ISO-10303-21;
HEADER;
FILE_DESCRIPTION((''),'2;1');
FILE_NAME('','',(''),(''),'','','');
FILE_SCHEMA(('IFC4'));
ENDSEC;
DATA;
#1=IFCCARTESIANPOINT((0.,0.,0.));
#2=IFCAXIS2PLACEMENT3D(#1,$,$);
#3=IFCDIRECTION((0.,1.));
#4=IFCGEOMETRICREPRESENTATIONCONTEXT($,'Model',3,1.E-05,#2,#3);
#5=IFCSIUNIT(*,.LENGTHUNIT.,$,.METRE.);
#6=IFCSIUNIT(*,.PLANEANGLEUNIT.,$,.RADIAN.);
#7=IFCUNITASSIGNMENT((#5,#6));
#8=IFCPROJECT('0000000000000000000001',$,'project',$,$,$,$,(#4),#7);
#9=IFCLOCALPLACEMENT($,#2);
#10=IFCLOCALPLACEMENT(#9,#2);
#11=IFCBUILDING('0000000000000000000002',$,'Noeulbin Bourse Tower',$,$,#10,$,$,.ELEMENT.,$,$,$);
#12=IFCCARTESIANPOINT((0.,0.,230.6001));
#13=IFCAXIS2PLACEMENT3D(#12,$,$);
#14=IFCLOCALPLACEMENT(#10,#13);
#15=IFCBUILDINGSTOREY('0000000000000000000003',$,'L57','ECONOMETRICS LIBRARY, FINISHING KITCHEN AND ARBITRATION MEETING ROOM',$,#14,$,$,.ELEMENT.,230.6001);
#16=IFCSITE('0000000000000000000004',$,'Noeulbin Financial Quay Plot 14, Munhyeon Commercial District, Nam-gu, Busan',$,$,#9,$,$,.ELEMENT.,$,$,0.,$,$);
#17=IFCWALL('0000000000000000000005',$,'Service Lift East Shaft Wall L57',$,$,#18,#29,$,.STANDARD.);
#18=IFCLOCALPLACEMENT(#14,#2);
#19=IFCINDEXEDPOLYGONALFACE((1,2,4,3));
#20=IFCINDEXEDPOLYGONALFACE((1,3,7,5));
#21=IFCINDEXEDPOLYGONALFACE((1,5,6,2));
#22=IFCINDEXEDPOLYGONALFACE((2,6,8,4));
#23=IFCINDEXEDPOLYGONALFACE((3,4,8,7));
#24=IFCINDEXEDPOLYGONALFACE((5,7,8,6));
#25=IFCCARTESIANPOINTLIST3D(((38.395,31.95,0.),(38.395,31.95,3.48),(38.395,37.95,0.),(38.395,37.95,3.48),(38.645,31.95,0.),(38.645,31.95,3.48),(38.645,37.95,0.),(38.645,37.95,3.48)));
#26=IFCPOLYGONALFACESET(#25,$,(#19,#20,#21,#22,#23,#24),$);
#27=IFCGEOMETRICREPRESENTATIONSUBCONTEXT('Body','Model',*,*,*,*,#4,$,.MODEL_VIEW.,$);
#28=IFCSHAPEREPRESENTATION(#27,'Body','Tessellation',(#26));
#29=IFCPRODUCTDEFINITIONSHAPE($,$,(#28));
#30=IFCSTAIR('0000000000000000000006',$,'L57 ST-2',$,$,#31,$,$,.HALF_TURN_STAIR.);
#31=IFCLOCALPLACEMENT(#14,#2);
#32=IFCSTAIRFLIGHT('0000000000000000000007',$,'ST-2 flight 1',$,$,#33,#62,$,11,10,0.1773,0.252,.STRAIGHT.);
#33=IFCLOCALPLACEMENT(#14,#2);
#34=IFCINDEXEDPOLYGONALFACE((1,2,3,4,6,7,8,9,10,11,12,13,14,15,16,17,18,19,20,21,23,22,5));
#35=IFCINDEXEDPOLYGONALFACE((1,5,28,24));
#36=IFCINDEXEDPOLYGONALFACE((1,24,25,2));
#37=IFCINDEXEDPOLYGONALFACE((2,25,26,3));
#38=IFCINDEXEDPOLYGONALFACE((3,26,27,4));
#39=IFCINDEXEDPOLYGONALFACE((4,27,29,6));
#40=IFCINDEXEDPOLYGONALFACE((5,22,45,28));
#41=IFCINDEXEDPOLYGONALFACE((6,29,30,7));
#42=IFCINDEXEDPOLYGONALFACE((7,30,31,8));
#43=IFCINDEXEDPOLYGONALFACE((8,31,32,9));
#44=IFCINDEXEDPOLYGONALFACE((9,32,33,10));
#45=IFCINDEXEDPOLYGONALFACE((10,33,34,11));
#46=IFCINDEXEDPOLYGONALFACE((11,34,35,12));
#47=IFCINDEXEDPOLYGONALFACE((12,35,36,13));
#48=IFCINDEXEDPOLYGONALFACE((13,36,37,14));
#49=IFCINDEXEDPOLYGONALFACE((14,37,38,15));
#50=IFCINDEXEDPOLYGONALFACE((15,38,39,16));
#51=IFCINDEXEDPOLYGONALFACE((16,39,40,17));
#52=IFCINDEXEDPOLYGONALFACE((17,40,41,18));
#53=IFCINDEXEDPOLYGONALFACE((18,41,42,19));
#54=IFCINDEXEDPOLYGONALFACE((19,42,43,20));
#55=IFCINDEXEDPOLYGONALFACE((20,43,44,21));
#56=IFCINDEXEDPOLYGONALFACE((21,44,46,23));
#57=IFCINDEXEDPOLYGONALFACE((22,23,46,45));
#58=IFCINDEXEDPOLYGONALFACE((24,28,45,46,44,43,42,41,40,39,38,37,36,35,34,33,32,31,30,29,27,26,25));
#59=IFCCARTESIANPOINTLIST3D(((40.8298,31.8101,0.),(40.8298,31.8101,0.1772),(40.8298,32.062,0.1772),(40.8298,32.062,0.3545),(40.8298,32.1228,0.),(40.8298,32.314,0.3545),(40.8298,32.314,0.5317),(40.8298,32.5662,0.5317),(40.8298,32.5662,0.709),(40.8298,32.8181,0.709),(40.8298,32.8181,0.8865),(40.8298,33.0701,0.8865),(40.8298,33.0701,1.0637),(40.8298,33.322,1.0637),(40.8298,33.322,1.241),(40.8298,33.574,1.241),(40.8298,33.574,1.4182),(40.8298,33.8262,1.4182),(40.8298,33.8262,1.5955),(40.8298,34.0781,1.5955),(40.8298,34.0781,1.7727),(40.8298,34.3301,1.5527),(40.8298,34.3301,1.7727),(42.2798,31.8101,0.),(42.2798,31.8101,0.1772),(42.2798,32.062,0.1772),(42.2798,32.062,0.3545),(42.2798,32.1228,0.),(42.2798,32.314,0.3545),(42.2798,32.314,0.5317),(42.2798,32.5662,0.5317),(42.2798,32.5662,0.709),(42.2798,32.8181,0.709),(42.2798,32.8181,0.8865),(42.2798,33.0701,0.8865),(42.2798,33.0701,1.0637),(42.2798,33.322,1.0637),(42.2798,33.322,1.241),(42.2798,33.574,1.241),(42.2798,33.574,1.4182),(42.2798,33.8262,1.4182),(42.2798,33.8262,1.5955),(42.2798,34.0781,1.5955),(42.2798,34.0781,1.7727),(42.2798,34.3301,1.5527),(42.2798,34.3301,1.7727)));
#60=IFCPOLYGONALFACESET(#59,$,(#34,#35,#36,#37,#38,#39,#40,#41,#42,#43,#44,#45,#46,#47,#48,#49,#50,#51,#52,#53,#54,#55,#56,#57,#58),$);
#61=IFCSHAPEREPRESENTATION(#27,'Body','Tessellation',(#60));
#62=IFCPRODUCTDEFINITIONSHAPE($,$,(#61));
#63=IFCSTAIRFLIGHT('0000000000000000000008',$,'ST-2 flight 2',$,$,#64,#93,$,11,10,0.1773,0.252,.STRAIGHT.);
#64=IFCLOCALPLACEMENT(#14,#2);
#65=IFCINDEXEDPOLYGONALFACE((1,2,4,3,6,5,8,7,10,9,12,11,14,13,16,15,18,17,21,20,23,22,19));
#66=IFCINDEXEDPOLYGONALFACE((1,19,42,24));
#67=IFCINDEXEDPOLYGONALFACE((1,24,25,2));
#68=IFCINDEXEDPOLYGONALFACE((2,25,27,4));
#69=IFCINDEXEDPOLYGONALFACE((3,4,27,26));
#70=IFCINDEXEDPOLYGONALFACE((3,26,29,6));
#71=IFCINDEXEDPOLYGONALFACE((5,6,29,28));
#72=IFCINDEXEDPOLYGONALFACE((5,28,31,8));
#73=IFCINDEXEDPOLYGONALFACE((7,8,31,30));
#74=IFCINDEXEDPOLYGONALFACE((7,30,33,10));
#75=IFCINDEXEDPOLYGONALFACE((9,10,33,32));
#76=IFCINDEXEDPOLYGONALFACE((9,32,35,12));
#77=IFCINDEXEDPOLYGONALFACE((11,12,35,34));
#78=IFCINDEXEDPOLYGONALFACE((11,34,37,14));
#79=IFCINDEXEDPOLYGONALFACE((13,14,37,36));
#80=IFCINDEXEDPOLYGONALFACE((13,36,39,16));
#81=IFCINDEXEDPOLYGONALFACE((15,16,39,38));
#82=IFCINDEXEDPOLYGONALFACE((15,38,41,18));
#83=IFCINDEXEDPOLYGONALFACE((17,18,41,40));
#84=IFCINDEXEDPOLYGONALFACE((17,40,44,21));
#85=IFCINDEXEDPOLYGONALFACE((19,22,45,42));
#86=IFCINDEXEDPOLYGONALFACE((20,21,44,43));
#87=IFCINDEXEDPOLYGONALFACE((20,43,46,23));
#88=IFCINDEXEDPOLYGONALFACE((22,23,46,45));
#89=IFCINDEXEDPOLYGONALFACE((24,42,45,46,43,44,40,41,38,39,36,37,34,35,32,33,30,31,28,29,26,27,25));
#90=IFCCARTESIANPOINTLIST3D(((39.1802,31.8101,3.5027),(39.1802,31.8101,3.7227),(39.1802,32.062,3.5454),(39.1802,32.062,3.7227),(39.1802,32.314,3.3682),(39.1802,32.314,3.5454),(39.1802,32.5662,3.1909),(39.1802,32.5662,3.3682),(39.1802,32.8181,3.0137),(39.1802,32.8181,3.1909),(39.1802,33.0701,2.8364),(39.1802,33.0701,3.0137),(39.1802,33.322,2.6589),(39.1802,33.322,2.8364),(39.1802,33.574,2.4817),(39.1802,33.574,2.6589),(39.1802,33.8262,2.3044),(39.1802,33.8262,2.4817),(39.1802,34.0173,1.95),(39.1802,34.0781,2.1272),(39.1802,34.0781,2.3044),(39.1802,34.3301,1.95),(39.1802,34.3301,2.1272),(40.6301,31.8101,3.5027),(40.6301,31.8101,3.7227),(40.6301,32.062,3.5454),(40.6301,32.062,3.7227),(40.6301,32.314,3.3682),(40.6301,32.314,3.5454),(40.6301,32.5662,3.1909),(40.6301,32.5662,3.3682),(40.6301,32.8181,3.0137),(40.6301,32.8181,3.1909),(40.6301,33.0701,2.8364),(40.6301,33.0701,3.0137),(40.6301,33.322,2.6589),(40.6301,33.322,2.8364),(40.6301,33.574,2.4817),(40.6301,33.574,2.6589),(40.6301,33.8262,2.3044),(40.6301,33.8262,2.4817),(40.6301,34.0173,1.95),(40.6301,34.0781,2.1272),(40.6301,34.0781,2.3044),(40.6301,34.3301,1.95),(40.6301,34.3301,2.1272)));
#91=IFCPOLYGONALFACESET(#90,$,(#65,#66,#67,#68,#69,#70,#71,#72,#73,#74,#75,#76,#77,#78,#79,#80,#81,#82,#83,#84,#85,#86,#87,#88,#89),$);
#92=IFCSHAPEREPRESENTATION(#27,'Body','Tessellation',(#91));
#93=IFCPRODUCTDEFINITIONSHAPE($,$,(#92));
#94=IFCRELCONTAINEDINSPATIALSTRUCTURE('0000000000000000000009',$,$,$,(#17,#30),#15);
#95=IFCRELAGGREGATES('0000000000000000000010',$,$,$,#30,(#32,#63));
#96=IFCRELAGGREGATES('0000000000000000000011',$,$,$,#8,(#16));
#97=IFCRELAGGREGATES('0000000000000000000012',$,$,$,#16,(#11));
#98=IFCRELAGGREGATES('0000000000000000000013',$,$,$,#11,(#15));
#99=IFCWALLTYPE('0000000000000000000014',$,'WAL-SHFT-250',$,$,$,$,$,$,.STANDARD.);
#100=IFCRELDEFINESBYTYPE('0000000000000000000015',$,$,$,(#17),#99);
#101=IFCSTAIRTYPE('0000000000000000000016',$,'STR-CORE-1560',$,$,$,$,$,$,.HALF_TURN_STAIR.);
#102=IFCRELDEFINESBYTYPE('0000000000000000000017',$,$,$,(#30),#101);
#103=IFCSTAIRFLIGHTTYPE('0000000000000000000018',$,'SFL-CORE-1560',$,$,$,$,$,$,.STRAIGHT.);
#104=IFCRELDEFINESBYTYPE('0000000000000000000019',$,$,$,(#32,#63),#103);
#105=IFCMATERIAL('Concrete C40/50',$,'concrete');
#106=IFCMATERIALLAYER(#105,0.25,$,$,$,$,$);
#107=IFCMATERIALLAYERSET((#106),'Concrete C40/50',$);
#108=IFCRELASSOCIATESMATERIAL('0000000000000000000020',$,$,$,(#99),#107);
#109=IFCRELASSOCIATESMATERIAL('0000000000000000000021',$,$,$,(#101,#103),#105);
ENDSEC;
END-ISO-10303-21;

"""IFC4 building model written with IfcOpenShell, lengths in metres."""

from ifc_helpers import new_model, si_unit, direction, frame, frame_2d, origin, place, context, subcontext, project, spatial, polyline, rectangle, outline, extrude, material, layer, layer_set, type_object, element, aggregate, save


model = new_model("IFC4")

# Units and contexts
model_context = context("Model", 3, precision=1e-05, world=origin(), true_north=direction((0.0, 1.0)))
body_context = subcontext(model_context, "Body", "Model", "MODEL_VIEW")
ifc_project = project(units=[si_unit("LENGTHUNIT", "METRE"), si_unit("PLANEANGLEUNIT", "RADIAN")], contexts=[model_context])

# Site, building, storey
site_placement = place(None, origin())
site = spatial("IfcSite", under=ifc_project, at=site_placement, Name="Noeulbin Financial Quay Plot 14, Munhyeon Commercial District, Nam-gu, Busan", CompositionType="ELEMENT", RefElevation=0.0)
building_placement = place(site_placement, origin())
building = spatial("IfcBuilding", under=site, at=building_placement, Name="Noeulbin Bourse Tower", CompositionType="ELEMENT")
storey_placement = place(building_placement, frame((0.0, 0.0, 230.6001)))
storey = spatial("IfcBuildingStorey", under=building, at=storey_placement, Name="L57", Description="ECONOMETRICS LIBRARY, FINISHING KITCHEN AND ARBITRATION MEETING ROOM", CompositionType="ELEMENT", Elevation=230.6001)

# Shared definitions
ifc_material_1 = material(Name="Concrete C40/50", Category="concrete")

# Shared definitions
ifc_layer_1 = layer(ifc_material_1, 0.25)
ifc_layer_set_1 = layer_set([ifc_layer_1], Name="Concrete C40/50")
wall_type_1 = type_object("IfcWallType", Name="WAL-SHFT-250", PredefinedType="STANDARD", material=ifc_layer_set_1)

# Wall
wall_1_placement = place(storey_placement, frame((38.52, 31.95, 0.0), z_axis=(0.0, 0.0, 1.0), x_axis=(0.0, 1.0, 0.0)))
element("IfcWall", 1, at=wall_1_placement, inside=storey, type_object=wall_type_1, Name="Service Lift East Shaft Wall L57", PredefinedType="STANDARD", context=body_context, shape_type="SweptSolid", body=[
    extrude(rectangle(XDim=6.0, YDim=0.25, at=frame_2d((3.0, 0.0))), origin(), (0.0, 0.0, 1.0), 3.48),
])

# Stair, stair flights
stair_type = type_object("IfcStairType", Name="STR-CORE-1560", PredefinedType="HALF_TURN_STAIR", material=ifc_material_1)
stair_placement = place(storey_placement, origin())
stair = element("IfcStair", 2, at=stair_placement, inside=storey, type_object=stair_type, Name="L57 ST-2", PredefinedType="HALF_TURN_STAIR")
stair_flight_type = type_object("IfcStairFlightType", Name="SFL-CORE-1560", PredefinedType="STRAIGHT", material=ifc_material_1)
stair_flight_1_placement = place(storey_placement, frame((41.5549, 31.8101, 0.0), z_axis=(0.0, 0.0, 1.0), x_axis=(0.0, 1.0, 0.0)))
stair_flight_1 = element("IfcStairFlight", 3, at=stair_flight_1_placement, type_object=stair_flight_type, Name="ST-2 flight 1", NumberOfRisers=11, NumberOfTreads=10, PredefinedType="STRAIGHT", RiserHeight=0.1773, TreadLength=0.252, context=body_context, shape_type="SweptSolid", body=[
    extrude(outline(polyline([(0.0, 0.0), (0.0, 0.1772), (0.252, 0.1772), (0.252, 0.3545), (0.5039, 0.3545), (0.5039, 0.5317), (0.7561, 0.5317), (0.7561, 0.709), (1.0081, 0.709), (1.0081, 0.8865), (1.26, 0.8865), (1.26, 1.0637), (1.512, 1.0637), (1.512, 1.241), (1.7639, 1.241), (1.7639, 1.4182), (2.0161, 1.4182), (2.0161, 1.5955), (2.2681, 1.5955), (2.2681, 1.7727), (2.52, 1.7727), (2.52, 1.95), (2.52, 1.5527), (0.3127, 0.0), (0.0, 0.0)])), frame((0.0, 0.7251, 0.0), z_axis=(0.0, -1.0, 0.0), x_axis=(1.0, 0.0, 0.0)), (0.0, 0.0, 1.0), 1.45),
])
stair_flight_2_placement = place(storey_placement, frame((39.905, 34.3301, 1.95), z_axis=(0.0, 0.0, 1.0), x_axis=(0.0, -1.0, 0.0)))
stair_flight_2 = element("IfcStairFlight", 4, at=stair_flight_2_placement, type_object=stair_flight_type, Name="ST-2 flight 2", NumberOfRisers=11, NumberOfTreads=10, PredefinedType="STRAIGHT", RiserHeight=0.1773, TreadLength=0.252, context=body_context, shape_type="SweptSolid", body=[
    extrude(outline(polyline([(0.0, 0.0), (0.0, 0.1772), (0.252, 0.1772), (0.252, 0.3545), (0.5039, 0.3545), (0.5039, 0.5317), (0.7561, 0.5317), (0.7561, 0.709), (1.0081, 0.709), (1.0081, 0.8865), (1.26, 0.8865), (1.26, 1.0637), (1.512, 1.0637), (1.512, 1.241), (1.7639, 1.241), (1.7639, 1.4182), (2.0161, 1.4182), (2.0161, 1.5955), (2.2681, 1.5955), (2.2681, 1.7727), (2.52, 1.7727), (2.52, 1.95), (2.52, 1.5527), (0.3127, 0.0), (0.0, 0.0)])), frame((0.0, 0.7251, 0.0), z_axis=(0.0, -1.0, 0.0), x_axis=(1.0, 0.0, 0.0)), (0.0, 0.0, 1.0), 1.45),
])
aggregate(stair, [stair_flight_1, stair_flight_2])

save(model, "model.ifc")
